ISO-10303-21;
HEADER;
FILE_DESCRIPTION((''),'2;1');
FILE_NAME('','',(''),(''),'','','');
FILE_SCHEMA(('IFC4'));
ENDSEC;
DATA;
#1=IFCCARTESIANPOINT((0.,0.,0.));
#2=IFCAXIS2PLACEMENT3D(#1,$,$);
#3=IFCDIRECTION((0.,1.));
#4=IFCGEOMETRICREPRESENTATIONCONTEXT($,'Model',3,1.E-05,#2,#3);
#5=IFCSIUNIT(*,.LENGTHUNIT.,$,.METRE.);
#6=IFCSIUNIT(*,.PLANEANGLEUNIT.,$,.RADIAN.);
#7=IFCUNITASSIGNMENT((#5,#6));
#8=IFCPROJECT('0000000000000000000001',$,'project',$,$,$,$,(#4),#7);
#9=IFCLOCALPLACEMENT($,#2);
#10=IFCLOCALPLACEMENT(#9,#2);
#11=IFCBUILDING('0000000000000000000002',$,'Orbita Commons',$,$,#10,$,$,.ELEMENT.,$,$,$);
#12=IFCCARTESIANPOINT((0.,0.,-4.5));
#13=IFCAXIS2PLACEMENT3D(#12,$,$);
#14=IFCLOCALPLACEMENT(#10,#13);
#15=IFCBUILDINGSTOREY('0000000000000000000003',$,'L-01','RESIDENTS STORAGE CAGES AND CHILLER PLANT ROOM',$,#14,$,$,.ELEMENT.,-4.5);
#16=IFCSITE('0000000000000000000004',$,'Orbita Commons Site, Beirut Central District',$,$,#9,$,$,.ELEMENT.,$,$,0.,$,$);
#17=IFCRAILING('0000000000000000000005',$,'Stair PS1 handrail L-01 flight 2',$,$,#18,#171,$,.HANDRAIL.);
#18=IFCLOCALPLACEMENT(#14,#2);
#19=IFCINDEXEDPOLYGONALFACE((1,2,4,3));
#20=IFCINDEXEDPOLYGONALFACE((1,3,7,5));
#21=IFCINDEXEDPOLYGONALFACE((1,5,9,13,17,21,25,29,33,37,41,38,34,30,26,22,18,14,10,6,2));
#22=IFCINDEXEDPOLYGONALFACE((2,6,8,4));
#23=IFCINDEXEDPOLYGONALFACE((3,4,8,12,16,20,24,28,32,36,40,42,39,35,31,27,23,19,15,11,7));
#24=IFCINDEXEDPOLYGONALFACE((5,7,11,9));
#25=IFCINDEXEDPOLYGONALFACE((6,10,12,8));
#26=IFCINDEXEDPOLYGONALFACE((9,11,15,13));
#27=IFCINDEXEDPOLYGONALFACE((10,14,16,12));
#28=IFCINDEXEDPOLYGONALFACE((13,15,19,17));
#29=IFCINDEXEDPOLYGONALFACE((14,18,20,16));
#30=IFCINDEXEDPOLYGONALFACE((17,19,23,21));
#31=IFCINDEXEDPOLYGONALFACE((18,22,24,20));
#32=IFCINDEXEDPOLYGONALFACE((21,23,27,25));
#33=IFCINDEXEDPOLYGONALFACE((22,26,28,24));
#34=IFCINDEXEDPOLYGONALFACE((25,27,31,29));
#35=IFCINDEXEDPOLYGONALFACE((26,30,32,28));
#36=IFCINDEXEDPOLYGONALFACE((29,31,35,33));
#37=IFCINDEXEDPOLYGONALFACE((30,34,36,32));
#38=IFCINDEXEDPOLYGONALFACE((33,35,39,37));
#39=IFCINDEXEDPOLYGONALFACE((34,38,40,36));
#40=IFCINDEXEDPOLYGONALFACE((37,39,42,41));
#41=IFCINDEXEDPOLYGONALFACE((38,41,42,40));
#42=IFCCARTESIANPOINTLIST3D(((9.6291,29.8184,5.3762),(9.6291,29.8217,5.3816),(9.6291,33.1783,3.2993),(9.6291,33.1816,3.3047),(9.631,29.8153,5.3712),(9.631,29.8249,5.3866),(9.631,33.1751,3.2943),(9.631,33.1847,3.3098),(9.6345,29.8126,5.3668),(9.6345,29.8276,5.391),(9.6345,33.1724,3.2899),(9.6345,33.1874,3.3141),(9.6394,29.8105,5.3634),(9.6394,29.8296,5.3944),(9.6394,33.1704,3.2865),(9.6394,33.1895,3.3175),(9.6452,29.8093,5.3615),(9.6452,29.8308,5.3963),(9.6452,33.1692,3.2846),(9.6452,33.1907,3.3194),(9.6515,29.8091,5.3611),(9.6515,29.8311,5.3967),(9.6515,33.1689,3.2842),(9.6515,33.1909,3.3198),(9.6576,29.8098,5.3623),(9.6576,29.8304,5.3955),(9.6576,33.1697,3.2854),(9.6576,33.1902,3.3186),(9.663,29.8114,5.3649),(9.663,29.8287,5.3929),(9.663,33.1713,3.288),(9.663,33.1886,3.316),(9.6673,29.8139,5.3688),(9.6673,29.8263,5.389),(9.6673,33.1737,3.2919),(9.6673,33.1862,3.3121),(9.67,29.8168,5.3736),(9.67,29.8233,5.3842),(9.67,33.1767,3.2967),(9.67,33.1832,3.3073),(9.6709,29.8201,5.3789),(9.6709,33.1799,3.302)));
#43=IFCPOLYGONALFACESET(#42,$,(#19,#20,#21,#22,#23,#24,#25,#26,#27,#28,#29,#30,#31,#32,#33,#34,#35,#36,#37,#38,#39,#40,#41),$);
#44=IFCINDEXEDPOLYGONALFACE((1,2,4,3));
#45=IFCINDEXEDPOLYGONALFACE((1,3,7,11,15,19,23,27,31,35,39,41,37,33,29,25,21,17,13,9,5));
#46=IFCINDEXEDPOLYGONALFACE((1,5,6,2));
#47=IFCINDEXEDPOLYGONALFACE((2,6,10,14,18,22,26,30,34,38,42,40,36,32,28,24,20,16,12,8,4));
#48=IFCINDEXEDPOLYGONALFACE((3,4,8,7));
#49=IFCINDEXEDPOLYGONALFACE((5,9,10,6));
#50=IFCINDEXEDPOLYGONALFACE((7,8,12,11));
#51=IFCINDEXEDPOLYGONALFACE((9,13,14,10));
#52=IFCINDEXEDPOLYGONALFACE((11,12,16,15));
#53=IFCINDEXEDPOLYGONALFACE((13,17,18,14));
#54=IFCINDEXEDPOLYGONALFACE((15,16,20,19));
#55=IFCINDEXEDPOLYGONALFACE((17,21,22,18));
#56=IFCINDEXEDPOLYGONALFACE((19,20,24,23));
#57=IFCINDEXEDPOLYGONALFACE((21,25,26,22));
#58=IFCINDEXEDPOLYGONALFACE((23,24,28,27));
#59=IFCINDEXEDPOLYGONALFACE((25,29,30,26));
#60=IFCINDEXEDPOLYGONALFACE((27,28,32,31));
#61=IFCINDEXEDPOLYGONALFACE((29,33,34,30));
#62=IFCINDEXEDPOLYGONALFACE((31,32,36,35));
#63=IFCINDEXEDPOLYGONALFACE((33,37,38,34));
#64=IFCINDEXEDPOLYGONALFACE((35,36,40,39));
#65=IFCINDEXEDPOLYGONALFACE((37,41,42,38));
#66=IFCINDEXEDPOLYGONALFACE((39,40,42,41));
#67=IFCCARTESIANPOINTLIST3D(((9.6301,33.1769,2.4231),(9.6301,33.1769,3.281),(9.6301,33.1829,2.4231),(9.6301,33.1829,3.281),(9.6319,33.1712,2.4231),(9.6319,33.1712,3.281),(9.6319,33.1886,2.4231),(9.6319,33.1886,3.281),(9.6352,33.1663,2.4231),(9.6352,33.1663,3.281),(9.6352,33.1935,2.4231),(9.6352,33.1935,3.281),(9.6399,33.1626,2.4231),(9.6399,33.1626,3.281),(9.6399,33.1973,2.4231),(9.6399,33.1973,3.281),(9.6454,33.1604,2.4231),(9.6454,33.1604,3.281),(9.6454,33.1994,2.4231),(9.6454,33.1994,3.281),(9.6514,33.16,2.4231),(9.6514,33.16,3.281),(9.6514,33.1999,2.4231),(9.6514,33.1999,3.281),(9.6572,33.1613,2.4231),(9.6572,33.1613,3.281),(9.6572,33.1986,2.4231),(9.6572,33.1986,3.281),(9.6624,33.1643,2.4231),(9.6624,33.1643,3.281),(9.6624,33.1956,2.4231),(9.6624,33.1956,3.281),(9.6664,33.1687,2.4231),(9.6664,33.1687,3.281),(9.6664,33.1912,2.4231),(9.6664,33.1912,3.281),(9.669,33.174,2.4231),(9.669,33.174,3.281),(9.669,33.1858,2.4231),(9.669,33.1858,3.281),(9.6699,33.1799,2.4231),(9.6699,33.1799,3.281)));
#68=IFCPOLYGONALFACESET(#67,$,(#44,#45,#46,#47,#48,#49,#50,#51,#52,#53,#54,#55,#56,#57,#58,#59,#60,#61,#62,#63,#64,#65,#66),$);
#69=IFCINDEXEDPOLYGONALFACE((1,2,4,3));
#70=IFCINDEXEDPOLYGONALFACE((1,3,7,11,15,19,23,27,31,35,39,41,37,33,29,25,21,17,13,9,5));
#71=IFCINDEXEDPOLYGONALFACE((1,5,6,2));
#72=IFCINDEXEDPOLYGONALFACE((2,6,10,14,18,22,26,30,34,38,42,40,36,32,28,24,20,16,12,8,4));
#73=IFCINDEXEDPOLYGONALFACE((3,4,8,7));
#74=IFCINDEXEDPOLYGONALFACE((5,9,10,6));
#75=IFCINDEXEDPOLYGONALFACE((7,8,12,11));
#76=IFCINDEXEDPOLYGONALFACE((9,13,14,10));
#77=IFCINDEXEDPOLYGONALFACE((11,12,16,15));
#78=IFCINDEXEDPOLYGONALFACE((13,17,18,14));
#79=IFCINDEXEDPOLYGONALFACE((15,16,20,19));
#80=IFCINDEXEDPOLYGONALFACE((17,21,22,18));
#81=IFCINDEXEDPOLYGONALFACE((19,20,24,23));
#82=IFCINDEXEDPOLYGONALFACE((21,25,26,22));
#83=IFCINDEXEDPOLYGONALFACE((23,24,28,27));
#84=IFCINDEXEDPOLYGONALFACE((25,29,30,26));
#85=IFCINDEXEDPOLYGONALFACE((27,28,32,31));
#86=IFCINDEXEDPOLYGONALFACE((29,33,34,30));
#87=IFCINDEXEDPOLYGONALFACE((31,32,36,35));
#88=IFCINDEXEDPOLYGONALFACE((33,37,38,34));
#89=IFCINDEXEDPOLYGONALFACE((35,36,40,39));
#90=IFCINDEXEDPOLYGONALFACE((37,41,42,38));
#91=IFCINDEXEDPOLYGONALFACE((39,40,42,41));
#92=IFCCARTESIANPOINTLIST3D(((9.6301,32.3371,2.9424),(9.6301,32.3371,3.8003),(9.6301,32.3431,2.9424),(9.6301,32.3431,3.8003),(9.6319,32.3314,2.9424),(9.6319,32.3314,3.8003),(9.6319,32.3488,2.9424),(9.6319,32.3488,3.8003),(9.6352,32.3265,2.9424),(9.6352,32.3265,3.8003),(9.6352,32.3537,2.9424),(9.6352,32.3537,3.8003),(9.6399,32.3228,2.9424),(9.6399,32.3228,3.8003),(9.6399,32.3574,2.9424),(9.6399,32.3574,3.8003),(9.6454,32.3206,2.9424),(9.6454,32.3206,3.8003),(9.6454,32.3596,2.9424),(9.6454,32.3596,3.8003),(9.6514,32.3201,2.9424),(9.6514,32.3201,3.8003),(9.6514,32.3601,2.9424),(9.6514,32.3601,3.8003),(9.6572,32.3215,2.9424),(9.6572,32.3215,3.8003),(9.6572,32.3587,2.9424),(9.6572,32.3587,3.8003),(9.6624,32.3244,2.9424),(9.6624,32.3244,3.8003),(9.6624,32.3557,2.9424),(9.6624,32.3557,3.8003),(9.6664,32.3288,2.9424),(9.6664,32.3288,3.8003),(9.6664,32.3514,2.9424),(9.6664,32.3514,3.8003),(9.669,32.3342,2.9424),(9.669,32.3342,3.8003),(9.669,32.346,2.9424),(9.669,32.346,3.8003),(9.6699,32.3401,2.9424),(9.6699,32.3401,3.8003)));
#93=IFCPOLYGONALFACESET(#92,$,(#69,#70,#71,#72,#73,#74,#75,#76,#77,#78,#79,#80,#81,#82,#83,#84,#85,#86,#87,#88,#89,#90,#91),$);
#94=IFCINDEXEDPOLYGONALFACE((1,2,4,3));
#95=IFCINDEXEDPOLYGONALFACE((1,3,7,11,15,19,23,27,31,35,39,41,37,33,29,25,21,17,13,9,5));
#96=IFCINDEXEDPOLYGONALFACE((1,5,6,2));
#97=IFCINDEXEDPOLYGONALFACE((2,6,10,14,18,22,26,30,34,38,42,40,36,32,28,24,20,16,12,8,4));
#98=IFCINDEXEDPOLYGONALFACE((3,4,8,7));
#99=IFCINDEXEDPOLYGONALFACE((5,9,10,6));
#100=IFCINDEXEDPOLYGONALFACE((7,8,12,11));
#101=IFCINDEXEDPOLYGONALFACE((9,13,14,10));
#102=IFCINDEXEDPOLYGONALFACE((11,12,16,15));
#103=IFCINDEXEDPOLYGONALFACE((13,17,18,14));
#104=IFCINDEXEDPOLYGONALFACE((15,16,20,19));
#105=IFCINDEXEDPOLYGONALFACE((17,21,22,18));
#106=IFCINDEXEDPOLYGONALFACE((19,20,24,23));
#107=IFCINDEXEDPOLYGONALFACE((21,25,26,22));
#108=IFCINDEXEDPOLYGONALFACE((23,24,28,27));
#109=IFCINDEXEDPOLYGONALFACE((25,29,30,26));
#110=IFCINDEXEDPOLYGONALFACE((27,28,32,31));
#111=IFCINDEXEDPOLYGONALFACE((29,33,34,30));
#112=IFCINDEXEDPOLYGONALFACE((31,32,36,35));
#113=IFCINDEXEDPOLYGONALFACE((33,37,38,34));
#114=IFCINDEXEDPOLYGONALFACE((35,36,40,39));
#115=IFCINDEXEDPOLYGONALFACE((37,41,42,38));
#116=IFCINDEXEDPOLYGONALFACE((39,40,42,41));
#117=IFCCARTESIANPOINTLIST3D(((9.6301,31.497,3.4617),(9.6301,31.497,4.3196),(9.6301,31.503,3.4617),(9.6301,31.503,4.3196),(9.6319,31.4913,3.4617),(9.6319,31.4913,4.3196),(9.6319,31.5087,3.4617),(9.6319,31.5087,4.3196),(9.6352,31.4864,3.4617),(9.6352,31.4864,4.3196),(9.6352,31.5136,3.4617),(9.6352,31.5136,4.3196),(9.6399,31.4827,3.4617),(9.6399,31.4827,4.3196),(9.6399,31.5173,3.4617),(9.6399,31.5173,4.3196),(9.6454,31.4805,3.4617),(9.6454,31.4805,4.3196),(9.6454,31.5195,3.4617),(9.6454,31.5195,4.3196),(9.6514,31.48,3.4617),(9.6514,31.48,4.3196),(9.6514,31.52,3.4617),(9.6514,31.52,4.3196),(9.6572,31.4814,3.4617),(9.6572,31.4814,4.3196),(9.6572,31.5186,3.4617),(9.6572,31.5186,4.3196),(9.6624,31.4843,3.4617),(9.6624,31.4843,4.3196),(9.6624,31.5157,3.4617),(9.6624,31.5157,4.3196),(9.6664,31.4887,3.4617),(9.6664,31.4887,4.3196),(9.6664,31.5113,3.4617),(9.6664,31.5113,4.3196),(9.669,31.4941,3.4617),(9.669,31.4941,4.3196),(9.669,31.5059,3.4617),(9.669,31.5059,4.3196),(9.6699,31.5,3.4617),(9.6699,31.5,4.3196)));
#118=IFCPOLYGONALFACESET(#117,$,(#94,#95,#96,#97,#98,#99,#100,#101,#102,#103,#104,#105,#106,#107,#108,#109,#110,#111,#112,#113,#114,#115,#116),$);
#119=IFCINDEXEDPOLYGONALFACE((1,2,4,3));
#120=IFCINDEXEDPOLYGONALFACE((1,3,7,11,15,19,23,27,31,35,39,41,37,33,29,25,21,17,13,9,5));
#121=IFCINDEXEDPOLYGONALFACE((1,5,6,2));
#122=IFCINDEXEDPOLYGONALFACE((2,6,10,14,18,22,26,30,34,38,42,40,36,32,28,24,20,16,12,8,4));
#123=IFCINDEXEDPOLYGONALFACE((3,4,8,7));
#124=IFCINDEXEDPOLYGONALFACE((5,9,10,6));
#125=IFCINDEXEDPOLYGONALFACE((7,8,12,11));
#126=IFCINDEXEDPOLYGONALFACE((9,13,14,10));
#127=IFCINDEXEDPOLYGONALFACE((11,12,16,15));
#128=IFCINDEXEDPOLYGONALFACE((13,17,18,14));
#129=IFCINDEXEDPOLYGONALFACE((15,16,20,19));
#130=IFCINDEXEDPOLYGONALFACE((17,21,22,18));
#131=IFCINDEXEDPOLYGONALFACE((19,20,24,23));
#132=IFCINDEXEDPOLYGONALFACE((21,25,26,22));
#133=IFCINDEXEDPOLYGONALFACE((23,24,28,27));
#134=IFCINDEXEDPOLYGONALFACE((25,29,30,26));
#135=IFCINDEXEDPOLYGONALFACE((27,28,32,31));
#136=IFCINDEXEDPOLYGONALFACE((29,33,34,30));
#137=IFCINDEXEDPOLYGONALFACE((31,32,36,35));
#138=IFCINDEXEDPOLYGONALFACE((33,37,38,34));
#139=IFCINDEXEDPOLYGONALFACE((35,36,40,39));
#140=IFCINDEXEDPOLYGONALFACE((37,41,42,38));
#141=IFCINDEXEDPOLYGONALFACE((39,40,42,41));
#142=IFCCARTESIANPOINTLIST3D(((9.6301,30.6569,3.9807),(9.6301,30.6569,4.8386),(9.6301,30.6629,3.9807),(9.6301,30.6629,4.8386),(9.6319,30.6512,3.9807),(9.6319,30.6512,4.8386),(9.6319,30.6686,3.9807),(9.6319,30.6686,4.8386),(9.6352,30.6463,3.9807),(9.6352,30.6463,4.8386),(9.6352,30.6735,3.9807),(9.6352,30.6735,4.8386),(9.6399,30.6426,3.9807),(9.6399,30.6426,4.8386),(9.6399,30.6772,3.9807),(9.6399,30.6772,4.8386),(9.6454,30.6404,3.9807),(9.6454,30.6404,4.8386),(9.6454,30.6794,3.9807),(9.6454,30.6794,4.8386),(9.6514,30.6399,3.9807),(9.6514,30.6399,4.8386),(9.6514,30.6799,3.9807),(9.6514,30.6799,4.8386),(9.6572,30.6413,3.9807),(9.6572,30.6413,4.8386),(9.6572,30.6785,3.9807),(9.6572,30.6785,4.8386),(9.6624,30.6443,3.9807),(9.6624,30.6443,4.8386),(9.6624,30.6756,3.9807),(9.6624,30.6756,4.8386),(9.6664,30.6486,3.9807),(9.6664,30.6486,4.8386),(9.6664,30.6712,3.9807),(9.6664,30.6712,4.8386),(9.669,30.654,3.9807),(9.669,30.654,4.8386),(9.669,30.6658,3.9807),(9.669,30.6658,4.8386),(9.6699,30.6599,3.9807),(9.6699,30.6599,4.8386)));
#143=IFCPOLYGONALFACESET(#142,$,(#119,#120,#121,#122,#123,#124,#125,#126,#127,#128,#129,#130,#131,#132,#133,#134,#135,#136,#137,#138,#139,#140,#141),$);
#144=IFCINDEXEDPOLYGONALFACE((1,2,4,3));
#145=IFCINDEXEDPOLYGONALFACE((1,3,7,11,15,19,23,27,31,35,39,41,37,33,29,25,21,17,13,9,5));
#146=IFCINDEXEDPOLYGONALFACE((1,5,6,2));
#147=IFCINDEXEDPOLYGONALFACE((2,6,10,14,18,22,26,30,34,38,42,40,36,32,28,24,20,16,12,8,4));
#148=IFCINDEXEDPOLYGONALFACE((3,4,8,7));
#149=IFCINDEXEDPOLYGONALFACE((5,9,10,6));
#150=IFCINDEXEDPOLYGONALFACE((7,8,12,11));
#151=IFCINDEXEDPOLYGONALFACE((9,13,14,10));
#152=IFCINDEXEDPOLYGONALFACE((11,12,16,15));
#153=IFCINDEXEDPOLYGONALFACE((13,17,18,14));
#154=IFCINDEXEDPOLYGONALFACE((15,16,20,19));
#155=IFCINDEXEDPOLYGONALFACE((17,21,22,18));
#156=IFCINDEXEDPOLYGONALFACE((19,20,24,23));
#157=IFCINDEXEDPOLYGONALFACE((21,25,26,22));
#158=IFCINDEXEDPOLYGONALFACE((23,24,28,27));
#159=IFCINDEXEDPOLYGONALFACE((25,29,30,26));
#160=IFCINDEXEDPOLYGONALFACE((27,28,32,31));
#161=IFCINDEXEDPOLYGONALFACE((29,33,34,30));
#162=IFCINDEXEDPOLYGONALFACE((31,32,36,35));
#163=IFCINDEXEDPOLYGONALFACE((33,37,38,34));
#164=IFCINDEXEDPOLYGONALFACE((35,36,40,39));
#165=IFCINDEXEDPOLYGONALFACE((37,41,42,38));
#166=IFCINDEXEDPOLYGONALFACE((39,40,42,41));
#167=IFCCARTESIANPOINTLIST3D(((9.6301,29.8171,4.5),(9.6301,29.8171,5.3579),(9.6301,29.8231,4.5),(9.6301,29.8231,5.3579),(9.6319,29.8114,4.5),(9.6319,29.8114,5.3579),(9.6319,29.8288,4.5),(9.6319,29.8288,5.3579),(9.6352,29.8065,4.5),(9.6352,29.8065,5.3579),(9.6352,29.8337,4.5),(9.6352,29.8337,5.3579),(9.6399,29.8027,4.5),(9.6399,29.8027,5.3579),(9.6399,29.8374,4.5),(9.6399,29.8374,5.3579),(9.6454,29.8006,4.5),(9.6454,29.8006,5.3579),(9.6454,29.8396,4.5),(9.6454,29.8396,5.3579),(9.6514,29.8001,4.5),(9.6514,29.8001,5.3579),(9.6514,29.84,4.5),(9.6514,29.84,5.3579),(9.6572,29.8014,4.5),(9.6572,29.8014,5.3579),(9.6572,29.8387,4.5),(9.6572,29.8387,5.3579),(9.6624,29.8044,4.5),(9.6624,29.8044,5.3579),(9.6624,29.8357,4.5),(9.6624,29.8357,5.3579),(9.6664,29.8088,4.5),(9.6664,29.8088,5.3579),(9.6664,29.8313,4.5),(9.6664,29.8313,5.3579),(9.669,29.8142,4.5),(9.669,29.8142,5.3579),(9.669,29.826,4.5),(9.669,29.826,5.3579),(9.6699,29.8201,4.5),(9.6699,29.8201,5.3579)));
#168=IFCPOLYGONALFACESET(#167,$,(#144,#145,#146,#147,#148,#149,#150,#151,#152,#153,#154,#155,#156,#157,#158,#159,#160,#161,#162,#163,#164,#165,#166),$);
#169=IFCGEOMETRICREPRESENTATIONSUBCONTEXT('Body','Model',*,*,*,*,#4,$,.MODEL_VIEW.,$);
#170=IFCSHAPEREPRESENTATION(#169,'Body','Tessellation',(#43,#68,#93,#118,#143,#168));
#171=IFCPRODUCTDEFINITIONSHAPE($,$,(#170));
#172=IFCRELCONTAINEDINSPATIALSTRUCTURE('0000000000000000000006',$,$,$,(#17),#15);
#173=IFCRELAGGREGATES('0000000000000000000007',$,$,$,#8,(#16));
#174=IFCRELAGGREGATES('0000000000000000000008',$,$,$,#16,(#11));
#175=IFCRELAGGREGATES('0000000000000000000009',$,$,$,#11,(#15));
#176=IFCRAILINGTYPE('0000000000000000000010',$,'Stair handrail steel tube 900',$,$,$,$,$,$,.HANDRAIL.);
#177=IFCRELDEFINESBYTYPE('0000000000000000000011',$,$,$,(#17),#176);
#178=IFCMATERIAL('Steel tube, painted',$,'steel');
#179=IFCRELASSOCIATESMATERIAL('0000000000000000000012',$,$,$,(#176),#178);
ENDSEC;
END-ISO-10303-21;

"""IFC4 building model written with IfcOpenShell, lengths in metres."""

from ifc_helpers import new_model, si_unit, direction, frame, origin, origin_2d, place, context, subcontext, project, spatial, circle, extrude, material, type_object, element, save


model = new_model("IFC4")

# Units and contexts
model_context = context("Model", 3, precision=1e-05, world=origin(), true_north=direction((0.0, 1.0)))
body_context = subcontext(model_context, "Body", "Model", "MODEL_VIEW")
ifc_project = project(units=[si_unit("LENGTHUNIT", "METRE"), si_unit("PLANEANGLEUNIT", "RADIAN")], contexts=[model_context])

# Site, building, storey
site_placement = place(None, origin())
site = spatial("IfcSite", under=ifc_project, at=site_placement, Name="Orbita Commons Site, Beirut Central District", CompositionType="ELEMENT", RefElevation=0.0)
building_placement = place(site_placement, origin())
building = spatial("IfcBuilding", under=site, at=building_placement, Name="Orbita Commons", CompositionType="ELEMENT")
storey_placement = place(building_placement, frame((0.0, 0.0, -4.5)))
storey = spatial("IfcBuildingStorey", under=building, at=storey_placement, Name="L-01", Description="RESIDENTS STORAGE CAGES AND CHILLER PLANT ROOM", CompositionType="ELEMENT", Elevation=-4.5)

# Railing
ifc_material_1 = material(Name="Steel tube, painted", Category="steel")
railing_type_1 = type_object("IfcRailingType", Name="Stair handrail steel tube 900", PredefinedType="HANDRAIL", material=ifc_material_1)
for number, where, name in (
    (1, (9.6499, 33.1799, 2.4231), "Stair PS1 handrail L-01 flight 2"),
):
    element("IfcRailing", number, at=place(storey_placement, frame(where)), inside=storey, type_object=railing_type_1, Name=name, PredefinedType="HANDRAIL", context=body_context, shape_type="SweptSolid", body=[
        extrude(circle(Radius=0.021, at=origin_2d()), frame((0.0, 0.0, 0.8789), z_axis=(0.0, -0.850606, 0.525803), x_axis=(1.0, 0.0, 0.0)), (0.0, 0.0, 1.0), 3.95),
        extrude(circle(Radius=0.02, at=origin_2d()), origin(), (0.0, 0.0, 1.0), 0.8579),
        extrude(circle(Radius=0.02, at=origin_2d()), frame((0.0, -0.8398, 0.5193)), (0.0, 0.0, 1.0), 0.8579),
        extrude(circle(Radius=0.02, at=origin_2d()), frame((0.0, -1.6799, 1.0386)), (0.0, 0.0, 1.0), 0.8579),
        extrude(circle(Radius=0.02, at=origin_2d()), frame((0.0, -2.52, 1.5576)), (0.0, 0.0, 1.0), 0.8579),
        extrude(circle(Radius=0.02, at=origin_2d()), frame((0.0, -3.3599, 2.0769)), (0.0, 0.0, 1.0), 0.8579),
    ])

save(model, "model.ifc")
